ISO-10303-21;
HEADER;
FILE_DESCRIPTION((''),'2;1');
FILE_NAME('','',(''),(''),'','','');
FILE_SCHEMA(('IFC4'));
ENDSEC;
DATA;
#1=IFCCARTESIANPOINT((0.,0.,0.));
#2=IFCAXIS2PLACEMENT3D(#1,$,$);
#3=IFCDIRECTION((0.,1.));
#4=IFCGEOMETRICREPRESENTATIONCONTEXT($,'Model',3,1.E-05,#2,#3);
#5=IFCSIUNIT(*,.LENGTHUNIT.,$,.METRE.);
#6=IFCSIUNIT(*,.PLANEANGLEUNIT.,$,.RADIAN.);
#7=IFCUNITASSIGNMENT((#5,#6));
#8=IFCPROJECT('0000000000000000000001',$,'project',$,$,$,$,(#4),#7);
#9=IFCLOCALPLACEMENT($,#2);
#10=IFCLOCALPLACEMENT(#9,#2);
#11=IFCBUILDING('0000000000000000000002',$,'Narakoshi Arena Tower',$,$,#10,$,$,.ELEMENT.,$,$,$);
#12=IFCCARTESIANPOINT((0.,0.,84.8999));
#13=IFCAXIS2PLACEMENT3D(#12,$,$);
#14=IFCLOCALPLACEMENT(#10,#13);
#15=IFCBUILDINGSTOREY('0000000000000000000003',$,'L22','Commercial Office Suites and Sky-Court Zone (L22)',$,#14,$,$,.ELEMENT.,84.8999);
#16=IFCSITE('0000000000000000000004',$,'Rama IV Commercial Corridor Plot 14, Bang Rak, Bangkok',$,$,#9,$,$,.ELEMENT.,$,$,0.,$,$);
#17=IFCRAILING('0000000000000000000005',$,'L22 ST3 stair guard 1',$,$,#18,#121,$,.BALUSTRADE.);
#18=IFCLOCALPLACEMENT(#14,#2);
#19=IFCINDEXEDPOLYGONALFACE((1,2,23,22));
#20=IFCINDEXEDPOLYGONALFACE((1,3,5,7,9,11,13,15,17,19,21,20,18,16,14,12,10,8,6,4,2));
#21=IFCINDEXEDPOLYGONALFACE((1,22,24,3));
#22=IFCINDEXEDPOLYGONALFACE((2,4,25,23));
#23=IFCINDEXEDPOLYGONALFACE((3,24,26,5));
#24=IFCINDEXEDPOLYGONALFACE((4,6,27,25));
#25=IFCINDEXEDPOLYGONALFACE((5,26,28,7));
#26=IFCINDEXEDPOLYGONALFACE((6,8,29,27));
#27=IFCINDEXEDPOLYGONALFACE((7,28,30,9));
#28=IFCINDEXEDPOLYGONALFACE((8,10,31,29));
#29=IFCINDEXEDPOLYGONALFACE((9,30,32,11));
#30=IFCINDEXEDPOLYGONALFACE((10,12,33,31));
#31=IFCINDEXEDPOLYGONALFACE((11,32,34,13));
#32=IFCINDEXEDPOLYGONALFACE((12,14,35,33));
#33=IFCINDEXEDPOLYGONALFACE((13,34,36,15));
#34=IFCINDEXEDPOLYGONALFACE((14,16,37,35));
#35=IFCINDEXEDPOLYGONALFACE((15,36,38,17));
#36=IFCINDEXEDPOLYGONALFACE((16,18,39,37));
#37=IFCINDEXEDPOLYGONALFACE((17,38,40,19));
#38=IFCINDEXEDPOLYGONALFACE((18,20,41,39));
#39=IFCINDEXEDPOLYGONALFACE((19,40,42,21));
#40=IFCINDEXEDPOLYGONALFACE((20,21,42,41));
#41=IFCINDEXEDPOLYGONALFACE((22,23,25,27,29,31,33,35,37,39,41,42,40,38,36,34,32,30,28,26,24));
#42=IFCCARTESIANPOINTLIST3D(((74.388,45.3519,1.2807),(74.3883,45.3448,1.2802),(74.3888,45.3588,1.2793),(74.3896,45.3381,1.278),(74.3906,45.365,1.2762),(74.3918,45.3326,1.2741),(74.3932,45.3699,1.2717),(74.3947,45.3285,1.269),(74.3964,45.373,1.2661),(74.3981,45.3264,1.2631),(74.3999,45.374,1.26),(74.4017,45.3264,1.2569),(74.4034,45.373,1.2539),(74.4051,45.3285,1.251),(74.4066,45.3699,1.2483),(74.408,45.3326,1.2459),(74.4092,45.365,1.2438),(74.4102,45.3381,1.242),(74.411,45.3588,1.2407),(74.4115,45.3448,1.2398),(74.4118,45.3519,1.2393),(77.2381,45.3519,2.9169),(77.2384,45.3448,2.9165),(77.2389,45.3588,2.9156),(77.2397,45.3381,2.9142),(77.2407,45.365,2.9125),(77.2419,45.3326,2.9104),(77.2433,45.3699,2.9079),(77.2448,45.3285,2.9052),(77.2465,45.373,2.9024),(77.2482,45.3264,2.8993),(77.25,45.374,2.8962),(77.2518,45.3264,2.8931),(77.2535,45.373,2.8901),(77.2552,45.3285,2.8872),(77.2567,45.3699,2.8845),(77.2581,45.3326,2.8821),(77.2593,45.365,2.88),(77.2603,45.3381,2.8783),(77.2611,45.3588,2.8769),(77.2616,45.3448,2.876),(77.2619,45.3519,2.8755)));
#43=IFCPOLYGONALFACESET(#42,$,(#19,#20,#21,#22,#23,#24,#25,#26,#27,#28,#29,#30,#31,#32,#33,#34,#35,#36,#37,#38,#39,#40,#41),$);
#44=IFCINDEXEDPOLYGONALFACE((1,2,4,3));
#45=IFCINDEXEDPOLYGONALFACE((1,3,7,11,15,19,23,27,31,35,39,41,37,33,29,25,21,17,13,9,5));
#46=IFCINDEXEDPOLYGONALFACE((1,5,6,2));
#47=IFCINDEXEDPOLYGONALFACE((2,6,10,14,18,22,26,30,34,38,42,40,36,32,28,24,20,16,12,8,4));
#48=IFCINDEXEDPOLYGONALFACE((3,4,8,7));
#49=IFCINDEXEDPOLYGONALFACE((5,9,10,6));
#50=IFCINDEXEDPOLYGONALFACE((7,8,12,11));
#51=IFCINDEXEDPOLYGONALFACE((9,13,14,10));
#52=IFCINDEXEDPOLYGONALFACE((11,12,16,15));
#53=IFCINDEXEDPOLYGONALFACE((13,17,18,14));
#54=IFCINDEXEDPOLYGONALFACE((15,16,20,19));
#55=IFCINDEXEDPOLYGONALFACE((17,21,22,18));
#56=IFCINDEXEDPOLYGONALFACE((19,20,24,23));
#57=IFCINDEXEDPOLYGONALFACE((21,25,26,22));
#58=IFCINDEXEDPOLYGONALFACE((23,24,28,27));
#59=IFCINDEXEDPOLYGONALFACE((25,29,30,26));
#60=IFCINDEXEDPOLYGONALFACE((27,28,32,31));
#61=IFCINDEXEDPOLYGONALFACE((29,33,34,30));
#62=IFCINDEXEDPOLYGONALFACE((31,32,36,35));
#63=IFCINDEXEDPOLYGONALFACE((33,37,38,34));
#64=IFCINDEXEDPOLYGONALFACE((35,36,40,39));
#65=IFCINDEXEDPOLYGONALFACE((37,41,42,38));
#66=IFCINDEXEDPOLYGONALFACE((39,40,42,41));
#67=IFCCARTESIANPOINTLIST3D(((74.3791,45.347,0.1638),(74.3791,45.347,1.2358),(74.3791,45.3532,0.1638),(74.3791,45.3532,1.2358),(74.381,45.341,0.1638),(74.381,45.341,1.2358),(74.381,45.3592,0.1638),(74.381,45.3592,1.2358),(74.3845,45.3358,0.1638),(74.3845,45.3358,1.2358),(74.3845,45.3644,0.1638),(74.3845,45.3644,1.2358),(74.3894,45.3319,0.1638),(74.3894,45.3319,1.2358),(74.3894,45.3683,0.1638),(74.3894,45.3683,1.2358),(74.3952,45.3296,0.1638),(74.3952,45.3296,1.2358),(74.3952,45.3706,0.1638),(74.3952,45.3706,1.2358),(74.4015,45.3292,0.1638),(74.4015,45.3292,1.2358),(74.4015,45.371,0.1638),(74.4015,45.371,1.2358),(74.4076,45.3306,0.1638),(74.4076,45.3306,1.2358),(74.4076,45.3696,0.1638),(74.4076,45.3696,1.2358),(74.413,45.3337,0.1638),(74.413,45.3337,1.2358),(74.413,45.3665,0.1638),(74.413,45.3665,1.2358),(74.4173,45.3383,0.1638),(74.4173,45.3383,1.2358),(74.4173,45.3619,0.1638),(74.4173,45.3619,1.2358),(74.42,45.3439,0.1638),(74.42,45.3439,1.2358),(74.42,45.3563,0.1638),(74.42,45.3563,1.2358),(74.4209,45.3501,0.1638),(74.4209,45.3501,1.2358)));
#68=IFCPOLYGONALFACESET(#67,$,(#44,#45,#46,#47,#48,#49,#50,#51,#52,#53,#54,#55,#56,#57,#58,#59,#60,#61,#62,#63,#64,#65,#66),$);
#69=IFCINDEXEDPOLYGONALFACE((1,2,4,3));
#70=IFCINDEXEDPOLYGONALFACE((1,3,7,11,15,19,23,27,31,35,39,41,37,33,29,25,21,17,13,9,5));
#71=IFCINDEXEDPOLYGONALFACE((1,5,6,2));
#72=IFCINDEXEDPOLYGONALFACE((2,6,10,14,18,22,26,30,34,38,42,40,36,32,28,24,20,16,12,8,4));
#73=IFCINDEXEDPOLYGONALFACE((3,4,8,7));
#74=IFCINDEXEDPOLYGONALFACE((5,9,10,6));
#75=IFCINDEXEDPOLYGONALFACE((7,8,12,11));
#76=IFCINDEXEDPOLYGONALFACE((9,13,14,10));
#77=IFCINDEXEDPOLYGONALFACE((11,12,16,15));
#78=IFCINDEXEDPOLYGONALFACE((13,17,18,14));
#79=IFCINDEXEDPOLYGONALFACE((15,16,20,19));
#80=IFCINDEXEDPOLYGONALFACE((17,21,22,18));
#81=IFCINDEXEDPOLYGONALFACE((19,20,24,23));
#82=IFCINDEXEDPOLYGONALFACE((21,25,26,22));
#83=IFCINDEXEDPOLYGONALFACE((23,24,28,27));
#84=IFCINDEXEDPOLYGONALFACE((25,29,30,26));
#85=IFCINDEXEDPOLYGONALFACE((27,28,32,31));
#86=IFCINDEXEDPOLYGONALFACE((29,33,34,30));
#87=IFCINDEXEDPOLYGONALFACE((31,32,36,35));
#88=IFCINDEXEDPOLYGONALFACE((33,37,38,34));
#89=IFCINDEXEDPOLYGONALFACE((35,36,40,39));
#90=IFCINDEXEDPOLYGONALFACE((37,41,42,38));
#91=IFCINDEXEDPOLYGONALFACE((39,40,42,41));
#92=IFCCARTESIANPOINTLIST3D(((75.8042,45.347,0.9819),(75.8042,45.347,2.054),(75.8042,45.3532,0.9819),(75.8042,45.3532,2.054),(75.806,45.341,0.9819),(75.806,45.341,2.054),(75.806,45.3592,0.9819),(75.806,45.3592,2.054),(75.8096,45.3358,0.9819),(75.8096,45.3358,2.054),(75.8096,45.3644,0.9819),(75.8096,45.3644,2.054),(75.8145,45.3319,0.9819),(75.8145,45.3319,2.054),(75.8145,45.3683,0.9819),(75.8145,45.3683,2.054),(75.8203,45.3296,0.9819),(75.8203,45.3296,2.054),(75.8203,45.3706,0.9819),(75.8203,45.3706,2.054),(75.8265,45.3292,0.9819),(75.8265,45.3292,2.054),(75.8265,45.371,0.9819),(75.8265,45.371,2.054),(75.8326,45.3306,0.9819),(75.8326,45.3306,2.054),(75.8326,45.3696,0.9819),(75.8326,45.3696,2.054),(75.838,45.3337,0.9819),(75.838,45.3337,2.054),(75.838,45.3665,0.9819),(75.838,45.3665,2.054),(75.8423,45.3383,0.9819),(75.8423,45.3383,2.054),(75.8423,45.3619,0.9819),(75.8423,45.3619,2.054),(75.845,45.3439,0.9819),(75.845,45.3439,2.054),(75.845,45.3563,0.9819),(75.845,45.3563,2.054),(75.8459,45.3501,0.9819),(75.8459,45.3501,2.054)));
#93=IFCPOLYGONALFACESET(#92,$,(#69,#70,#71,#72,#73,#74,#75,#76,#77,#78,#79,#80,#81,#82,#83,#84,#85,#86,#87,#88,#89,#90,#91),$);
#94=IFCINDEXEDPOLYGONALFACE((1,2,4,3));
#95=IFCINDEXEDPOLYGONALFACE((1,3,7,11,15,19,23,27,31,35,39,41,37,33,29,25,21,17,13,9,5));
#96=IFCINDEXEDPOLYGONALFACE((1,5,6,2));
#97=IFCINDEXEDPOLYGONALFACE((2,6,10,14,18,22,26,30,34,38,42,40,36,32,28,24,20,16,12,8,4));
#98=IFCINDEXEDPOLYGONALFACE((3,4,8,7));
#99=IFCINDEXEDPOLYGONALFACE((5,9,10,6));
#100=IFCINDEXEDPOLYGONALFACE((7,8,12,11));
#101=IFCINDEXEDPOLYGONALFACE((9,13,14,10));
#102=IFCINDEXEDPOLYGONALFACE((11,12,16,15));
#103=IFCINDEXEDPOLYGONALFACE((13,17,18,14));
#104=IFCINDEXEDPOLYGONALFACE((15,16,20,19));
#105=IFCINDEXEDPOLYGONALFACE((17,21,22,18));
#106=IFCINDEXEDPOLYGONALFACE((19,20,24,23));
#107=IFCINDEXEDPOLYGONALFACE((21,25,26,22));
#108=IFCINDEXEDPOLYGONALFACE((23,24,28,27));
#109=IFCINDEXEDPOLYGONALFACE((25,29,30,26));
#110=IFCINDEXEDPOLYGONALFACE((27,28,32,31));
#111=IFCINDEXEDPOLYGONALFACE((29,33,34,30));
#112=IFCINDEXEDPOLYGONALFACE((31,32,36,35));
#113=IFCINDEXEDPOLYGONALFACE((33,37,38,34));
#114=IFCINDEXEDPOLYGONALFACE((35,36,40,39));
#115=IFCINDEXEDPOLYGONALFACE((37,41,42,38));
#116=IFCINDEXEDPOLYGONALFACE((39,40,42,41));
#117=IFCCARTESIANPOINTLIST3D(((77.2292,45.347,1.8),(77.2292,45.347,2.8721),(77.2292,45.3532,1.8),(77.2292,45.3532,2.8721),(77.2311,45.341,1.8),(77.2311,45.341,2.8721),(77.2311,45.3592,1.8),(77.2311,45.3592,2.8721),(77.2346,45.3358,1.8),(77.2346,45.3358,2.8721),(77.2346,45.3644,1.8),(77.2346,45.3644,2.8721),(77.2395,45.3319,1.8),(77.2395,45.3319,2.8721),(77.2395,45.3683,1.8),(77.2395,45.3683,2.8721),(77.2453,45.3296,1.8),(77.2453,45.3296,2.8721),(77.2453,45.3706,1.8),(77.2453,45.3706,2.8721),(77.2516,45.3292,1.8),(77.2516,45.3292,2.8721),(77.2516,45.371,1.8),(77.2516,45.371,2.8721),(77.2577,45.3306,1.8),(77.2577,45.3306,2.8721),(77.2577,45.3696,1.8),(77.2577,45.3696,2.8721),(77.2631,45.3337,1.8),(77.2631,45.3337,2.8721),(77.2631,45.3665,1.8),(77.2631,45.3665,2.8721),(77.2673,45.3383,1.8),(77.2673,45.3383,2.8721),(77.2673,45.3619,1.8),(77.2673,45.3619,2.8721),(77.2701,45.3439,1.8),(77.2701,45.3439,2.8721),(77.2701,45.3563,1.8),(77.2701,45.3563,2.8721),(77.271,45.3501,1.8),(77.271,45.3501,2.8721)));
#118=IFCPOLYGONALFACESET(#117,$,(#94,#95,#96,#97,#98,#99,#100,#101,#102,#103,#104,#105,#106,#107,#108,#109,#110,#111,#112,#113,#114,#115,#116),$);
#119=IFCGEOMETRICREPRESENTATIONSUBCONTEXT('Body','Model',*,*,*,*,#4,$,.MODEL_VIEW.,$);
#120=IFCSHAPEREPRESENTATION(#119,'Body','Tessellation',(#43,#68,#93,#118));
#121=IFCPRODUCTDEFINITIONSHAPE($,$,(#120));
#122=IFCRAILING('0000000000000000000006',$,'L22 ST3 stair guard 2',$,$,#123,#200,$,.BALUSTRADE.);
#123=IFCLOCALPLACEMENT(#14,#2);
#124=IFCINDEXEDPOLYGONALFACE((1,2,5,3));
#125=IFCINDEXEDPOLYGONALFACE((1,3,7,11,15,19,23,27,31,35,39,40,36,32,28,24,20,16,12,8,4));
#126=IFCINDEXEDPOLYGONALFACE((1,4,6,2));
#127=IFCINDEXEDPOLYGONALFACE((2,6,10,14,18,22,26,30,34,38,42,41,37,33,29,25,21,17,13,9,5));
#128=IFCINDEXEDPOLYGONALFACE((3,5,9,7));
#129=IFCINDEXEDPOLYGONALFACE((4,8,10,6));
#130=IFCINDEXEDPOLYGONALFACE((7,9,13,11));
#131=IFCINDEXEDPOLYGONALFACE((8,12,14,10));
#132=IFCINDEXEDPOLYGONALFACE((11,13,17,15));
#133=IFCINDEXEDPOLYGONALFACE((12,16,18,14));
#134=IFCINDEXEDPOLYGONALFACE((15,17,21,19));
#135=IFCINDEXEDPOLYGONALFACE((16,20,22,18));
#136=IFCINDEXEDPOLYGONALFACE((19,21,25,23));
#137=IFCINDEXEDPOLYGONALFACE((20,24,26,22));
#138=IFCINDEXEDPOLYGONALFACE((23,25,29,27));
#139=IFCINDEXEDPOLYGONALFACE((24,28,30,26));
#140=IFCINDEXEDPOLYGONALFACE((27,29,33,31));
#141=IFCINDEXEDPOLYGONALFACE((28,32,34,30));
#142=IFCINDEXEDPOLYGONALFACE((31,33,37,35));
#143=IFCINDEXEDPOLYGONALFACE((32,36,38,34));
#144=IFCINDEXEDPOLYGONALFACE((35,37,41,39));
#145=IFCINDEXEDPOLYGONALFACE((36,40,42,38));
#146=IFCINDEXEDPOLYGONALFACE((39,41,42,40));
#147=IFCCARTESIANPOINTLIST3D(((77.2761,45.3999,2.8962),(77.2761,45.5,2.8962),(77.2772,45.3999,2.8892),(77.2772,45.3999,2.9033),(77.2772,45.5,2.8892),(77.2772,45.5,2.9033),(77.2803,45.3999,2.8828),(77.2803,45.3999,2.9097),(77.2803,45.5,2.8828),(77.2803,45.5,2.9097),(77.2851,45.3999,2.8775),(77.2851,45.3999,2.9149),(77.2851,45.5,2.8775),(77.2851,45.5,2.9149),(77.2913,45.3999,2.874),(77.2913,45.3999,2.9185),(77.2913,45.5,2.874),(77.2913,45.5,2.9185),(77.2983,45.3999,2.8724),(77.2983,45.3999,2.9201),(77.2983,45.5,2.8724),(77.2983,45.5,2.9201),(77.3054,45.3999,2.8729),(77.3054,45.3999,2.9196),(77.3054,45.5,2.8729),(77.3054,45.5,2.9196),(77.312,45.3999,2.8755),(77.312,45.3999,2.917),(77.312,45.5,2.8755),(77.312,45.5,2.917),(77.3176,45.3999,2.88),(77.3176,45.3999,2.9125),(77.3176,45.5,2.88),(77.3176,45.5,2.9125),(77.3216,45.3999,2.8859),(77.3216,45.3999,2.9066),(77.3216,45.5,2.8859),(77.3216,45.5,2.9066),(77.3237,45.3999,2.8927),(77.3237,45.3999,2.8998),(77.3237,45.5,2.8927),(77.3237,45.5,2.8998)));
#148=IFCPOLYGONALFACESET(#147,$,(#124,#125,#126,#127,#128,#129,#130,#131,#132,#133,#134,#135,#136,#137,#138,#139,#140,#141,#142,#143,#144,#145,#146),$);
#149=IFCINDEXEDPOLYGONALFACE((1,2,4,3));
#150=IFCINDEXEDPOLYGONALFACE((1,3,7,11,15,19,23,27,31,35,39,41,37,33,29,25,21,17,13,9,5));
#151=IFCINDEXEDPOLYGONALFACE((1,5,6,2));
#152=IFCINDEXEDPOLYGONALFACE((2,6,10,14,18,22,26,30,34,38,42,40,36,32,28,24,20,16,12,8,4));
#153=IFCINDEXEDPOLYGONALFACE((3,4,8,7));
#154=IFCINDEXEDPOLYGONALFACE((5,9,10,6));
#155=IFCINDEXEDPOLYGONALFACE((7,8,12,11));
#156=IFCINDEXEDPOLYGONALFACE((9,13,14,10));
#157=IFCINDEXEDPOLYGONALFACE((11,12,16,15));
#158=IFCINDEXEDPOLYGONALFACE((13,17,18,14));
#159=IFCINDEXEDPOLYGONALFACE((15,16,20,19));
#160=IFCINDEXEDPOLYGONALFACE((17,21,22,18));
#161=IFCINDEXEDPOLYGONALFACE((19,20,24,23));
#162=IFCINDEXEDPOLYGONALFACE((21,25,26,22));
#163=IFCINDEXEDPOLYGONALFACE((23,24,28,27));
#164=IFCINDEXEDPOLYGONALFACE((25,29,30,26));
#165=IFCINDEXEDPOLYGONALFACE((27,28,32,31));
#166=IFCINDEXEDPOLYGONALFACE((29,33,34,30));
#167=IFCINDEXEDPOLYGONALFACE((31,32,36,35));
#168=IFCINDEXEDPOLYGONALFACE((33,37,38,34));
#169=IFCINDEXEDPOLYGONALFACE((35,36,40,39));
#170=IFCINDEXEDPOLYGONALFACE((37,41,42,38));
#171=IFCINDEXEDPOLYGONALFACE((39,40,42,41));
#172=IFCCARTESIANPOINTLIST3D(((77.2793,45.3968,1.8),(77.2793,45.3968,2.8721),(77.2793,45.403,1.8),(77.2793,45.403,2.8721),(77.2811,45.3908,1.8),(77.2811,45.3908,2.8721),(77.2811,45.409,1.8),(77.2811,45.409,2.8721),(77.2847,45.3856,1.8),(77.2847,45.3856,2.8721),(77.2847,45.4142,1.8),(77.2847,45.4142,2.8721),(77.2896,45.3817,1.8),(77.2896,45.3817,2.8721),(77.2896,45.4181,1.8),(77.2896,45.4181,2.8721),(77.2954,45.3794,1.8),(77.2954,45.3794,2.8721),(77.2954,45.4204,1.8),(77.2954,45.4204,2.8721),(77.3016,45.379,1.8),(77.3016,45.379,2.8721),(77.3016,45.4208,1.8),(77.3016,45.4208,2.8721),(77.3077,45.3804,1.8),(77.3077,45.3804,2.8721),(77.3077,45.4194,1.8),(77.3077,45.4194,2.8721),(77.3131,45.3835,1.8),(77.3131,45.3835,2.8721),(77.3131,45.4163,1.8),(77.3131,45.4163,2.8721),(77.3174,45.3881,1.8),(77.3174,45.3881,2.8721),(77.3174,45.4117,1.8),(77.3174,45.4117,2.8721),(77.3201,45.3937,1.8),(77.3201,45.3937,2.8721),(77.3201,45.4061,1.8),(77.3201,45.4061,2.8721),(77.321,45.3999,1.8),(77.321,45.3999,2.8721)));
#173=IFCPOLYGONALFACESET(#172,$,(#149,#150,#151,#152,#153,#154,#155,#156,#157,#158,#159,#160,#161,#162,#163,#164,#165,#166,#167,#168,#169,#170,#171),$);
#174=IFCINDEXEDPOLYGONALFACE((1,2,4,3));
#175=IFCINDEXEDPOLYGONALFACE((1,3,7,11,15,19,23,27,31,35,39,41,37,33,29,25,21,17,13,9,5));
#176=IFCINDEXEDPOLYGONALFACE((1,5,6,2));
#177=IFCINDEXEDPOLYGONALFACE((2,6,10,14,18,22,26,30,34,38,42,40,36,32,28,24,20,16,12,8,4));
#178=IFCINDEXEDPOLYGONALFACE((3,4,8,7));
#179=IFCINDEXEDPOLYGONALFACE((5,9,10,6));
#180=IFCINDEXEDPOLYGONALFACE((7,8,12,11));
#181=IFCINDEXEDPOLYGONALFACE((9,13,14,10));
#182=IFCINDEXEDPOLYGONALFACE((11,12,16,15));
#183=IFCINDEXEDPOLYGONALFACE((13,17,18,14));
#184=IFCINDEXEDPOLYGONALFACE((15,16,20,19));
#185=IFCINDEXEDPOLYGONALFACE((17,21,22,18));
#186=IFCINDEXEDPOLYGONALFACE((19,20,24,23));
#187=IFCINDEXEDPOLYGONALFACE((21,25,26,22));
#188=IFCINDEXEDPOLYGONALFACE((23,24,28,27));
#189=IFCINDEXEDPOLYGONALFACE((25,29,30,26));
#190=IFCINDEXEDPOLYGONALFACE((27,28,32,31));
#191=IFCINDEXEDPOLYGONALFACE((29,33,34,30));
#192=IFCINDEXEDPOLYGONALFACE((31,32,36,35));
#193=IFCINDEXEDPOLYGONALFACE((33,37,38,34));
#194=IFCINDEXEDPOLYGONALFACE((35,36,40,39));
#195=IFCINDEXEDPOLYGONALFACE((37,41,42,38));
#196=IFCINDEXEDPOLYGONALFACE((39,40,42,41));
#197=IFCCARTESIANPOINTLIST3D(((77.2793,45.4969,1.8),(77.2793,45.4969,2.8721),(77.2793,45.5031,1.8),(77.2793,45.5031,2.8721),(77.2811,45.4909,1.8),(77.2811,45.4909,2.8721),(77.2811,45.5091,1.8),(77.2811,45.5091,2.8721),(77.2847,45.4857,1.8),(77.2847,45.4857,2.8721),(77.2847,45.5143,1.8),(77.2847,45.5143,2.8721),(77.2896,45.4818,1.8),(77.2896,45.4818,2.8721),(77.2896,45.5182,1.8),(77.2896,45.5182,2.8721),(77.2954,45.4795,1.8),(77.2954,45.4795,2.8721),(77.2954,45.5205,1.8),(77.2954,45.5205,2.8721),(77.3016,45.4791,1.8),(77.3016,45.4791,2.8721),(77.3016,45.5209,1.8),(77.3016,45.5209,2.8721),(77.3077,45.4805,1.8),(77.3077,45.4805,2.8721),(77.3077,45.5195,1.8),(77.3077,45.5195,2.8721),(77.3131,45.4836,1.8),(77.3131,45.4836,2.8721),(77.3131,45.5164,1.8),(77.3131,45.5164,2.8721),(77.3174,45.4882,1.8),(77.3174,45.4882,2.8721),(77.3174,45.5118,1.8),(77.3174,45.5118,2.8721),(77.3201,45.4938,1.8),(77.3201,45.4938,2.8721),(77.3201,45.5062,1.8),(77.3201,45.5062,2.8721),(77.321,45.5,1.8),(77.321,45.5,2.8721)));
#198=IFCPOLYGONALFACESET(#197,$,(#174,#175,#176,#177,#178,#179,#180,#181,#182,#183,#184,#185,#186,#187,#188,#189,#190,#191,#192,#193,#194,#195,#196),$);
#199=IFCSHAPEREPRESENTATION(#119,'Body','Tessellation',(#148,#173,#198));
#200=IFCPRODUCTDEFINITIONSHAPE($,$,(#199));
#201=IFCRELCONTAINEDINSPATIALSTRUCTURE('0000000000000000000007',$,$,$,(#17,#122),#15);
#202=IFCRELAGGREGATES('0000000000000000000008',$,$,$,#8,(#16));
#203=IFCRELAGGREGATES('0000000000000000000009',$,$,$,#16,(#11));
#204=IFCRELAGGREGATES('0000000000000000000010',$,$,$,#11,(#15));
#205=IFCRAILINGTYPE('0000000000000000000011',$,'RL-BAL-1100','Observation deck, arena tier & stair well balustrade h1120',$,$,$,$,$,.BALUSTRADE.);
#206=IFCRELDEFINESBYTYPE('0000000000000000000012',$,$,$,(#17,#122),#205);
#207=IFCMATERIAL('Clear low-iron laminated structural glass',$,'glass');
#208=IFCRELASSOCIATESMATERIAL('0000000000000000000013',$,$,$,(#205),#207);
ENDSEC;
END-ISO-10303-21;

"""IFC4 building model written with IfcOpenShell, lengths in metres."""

from ifc_helpers import new_model, si_unit, direction, frame, origin, origin_2d, place, context, subcontext, project, spatial, circle, extrude, material, type_object, element, save


model = new_model("IFC4")

# Units and contexts
model_context = context("Model", 3, precision=1e-05, world=origin(), true_north=direction((0.0, 1.0)))
body_context = subcontext(model_context, "Body", "Model", "MODEL_VIEW")
ifc_project = project(units=[si_unit("LENGTHUNIT", "METRE"), si_unit("PLANEANGLEUNIT", "RADIAN")], contexts=[model_context])

# Site, building, storey
site_placement = place(None, origin())
site = spatial("IfcSite", under=ifc_project, at=site_placement, Name="Rama IV Commercial Corridor Plot 14, Bang Rak, Bangkok", CompositionType="ELEMENT", RefElevation=0.0)
building_placement = place(site_placement, origin())
building = spatial("IfcBuilding", under=site, at=building_placement, Name="Narakoshi Arena Tower", CompositionType="ELEMENT")
storey_placement = place(building_placement, frame((0.0, 0.0, 84.8999)))
storey = spatial("IfcBuildingStorey", under=building, at=storey_placement, Name="L22", Description="Commercial Office Suites and Sky-Court Zone (L22)", CompositionType="ELEMENT", Elevation=84.8999)

# Railings
ifc_material_1 = material(Name="Clear low-iron laminated structural glass", Category="glass")
railing_type_1 = type_object("IfcRailingType", Name="RL-BAL-1100", Description="Observation deck, arena tier & stair well balustrade h1120", PredefinedType="BALUSTRADE", material=ifc_material_1)
railing_1_placement = place(storey_placement, frame((74.3999, 45.3501, 0.1638)))
element("IfcRailing", 1, at=railing_1_placement, inside=storey, type_object=railing_type_1, Name="L22 ST3 stair guard 1", PredefinedType="BALUSTRADE", context=body_context, shape_type="SweptSolid", body=[
    extrude(circle(Radius=0.0239, at=origin_2d()), frame((0.0, 0.0, 1.0962), z_axis=(0.867245, 0.0, 0.497882), x_axis=(0.0, 1.0, 0.0)), (0.0, 0.0, 1.0), 3.2864),
    extrude(circle(Radius=0.021, at=origin_2d()), origin(), (0.0, 0.0, 1.0), 1.072),
    extrude(circle(Radius=0.021, at=origin_2d()), frame((1.425, 0.0, 0.8181)), (0.0, 0.0, 1.0), 1.072),
    extrude(circle(Radius=0.021, at=origin_2d()), frame((2.8501, 0.0, 1.6362)), (0.0, 0.0, 1.0), 1.072),
])
railing_2_placement = place(storey_placement, frame((77.3, 45.3999, 1.8)))
element("IfcRailing", 2, at=railing_2_placement, inside=storey, type_object=railing_type_1, Name="L22 ST3 stair guard 2", PredefinedType="BALUSTRADE", context=body_context, shape_type="SweptSolid", body=[
    extrude(circle(Radius=0.0239, at=origin_2d()), frame((0.0, 0.0, 1.0962), z_axis=(0.0, 1.0, 0.0), x_axis=(-1.0, 0.0, 0.0)), (0.0, 0.0, 1.0), 0.1001),
    extrude(circle(Radius=0.021, at=origin_2d()), origin(), (0.0, 0.0, 1.0), 1.072),
    extrude(circle(Radius=0.021, at=origin_2d()), frame((0.0, 0.1001, 0.0)), (0.0, 0.0, 1.0), 1.072),
])

save(model, "model.ifc")
